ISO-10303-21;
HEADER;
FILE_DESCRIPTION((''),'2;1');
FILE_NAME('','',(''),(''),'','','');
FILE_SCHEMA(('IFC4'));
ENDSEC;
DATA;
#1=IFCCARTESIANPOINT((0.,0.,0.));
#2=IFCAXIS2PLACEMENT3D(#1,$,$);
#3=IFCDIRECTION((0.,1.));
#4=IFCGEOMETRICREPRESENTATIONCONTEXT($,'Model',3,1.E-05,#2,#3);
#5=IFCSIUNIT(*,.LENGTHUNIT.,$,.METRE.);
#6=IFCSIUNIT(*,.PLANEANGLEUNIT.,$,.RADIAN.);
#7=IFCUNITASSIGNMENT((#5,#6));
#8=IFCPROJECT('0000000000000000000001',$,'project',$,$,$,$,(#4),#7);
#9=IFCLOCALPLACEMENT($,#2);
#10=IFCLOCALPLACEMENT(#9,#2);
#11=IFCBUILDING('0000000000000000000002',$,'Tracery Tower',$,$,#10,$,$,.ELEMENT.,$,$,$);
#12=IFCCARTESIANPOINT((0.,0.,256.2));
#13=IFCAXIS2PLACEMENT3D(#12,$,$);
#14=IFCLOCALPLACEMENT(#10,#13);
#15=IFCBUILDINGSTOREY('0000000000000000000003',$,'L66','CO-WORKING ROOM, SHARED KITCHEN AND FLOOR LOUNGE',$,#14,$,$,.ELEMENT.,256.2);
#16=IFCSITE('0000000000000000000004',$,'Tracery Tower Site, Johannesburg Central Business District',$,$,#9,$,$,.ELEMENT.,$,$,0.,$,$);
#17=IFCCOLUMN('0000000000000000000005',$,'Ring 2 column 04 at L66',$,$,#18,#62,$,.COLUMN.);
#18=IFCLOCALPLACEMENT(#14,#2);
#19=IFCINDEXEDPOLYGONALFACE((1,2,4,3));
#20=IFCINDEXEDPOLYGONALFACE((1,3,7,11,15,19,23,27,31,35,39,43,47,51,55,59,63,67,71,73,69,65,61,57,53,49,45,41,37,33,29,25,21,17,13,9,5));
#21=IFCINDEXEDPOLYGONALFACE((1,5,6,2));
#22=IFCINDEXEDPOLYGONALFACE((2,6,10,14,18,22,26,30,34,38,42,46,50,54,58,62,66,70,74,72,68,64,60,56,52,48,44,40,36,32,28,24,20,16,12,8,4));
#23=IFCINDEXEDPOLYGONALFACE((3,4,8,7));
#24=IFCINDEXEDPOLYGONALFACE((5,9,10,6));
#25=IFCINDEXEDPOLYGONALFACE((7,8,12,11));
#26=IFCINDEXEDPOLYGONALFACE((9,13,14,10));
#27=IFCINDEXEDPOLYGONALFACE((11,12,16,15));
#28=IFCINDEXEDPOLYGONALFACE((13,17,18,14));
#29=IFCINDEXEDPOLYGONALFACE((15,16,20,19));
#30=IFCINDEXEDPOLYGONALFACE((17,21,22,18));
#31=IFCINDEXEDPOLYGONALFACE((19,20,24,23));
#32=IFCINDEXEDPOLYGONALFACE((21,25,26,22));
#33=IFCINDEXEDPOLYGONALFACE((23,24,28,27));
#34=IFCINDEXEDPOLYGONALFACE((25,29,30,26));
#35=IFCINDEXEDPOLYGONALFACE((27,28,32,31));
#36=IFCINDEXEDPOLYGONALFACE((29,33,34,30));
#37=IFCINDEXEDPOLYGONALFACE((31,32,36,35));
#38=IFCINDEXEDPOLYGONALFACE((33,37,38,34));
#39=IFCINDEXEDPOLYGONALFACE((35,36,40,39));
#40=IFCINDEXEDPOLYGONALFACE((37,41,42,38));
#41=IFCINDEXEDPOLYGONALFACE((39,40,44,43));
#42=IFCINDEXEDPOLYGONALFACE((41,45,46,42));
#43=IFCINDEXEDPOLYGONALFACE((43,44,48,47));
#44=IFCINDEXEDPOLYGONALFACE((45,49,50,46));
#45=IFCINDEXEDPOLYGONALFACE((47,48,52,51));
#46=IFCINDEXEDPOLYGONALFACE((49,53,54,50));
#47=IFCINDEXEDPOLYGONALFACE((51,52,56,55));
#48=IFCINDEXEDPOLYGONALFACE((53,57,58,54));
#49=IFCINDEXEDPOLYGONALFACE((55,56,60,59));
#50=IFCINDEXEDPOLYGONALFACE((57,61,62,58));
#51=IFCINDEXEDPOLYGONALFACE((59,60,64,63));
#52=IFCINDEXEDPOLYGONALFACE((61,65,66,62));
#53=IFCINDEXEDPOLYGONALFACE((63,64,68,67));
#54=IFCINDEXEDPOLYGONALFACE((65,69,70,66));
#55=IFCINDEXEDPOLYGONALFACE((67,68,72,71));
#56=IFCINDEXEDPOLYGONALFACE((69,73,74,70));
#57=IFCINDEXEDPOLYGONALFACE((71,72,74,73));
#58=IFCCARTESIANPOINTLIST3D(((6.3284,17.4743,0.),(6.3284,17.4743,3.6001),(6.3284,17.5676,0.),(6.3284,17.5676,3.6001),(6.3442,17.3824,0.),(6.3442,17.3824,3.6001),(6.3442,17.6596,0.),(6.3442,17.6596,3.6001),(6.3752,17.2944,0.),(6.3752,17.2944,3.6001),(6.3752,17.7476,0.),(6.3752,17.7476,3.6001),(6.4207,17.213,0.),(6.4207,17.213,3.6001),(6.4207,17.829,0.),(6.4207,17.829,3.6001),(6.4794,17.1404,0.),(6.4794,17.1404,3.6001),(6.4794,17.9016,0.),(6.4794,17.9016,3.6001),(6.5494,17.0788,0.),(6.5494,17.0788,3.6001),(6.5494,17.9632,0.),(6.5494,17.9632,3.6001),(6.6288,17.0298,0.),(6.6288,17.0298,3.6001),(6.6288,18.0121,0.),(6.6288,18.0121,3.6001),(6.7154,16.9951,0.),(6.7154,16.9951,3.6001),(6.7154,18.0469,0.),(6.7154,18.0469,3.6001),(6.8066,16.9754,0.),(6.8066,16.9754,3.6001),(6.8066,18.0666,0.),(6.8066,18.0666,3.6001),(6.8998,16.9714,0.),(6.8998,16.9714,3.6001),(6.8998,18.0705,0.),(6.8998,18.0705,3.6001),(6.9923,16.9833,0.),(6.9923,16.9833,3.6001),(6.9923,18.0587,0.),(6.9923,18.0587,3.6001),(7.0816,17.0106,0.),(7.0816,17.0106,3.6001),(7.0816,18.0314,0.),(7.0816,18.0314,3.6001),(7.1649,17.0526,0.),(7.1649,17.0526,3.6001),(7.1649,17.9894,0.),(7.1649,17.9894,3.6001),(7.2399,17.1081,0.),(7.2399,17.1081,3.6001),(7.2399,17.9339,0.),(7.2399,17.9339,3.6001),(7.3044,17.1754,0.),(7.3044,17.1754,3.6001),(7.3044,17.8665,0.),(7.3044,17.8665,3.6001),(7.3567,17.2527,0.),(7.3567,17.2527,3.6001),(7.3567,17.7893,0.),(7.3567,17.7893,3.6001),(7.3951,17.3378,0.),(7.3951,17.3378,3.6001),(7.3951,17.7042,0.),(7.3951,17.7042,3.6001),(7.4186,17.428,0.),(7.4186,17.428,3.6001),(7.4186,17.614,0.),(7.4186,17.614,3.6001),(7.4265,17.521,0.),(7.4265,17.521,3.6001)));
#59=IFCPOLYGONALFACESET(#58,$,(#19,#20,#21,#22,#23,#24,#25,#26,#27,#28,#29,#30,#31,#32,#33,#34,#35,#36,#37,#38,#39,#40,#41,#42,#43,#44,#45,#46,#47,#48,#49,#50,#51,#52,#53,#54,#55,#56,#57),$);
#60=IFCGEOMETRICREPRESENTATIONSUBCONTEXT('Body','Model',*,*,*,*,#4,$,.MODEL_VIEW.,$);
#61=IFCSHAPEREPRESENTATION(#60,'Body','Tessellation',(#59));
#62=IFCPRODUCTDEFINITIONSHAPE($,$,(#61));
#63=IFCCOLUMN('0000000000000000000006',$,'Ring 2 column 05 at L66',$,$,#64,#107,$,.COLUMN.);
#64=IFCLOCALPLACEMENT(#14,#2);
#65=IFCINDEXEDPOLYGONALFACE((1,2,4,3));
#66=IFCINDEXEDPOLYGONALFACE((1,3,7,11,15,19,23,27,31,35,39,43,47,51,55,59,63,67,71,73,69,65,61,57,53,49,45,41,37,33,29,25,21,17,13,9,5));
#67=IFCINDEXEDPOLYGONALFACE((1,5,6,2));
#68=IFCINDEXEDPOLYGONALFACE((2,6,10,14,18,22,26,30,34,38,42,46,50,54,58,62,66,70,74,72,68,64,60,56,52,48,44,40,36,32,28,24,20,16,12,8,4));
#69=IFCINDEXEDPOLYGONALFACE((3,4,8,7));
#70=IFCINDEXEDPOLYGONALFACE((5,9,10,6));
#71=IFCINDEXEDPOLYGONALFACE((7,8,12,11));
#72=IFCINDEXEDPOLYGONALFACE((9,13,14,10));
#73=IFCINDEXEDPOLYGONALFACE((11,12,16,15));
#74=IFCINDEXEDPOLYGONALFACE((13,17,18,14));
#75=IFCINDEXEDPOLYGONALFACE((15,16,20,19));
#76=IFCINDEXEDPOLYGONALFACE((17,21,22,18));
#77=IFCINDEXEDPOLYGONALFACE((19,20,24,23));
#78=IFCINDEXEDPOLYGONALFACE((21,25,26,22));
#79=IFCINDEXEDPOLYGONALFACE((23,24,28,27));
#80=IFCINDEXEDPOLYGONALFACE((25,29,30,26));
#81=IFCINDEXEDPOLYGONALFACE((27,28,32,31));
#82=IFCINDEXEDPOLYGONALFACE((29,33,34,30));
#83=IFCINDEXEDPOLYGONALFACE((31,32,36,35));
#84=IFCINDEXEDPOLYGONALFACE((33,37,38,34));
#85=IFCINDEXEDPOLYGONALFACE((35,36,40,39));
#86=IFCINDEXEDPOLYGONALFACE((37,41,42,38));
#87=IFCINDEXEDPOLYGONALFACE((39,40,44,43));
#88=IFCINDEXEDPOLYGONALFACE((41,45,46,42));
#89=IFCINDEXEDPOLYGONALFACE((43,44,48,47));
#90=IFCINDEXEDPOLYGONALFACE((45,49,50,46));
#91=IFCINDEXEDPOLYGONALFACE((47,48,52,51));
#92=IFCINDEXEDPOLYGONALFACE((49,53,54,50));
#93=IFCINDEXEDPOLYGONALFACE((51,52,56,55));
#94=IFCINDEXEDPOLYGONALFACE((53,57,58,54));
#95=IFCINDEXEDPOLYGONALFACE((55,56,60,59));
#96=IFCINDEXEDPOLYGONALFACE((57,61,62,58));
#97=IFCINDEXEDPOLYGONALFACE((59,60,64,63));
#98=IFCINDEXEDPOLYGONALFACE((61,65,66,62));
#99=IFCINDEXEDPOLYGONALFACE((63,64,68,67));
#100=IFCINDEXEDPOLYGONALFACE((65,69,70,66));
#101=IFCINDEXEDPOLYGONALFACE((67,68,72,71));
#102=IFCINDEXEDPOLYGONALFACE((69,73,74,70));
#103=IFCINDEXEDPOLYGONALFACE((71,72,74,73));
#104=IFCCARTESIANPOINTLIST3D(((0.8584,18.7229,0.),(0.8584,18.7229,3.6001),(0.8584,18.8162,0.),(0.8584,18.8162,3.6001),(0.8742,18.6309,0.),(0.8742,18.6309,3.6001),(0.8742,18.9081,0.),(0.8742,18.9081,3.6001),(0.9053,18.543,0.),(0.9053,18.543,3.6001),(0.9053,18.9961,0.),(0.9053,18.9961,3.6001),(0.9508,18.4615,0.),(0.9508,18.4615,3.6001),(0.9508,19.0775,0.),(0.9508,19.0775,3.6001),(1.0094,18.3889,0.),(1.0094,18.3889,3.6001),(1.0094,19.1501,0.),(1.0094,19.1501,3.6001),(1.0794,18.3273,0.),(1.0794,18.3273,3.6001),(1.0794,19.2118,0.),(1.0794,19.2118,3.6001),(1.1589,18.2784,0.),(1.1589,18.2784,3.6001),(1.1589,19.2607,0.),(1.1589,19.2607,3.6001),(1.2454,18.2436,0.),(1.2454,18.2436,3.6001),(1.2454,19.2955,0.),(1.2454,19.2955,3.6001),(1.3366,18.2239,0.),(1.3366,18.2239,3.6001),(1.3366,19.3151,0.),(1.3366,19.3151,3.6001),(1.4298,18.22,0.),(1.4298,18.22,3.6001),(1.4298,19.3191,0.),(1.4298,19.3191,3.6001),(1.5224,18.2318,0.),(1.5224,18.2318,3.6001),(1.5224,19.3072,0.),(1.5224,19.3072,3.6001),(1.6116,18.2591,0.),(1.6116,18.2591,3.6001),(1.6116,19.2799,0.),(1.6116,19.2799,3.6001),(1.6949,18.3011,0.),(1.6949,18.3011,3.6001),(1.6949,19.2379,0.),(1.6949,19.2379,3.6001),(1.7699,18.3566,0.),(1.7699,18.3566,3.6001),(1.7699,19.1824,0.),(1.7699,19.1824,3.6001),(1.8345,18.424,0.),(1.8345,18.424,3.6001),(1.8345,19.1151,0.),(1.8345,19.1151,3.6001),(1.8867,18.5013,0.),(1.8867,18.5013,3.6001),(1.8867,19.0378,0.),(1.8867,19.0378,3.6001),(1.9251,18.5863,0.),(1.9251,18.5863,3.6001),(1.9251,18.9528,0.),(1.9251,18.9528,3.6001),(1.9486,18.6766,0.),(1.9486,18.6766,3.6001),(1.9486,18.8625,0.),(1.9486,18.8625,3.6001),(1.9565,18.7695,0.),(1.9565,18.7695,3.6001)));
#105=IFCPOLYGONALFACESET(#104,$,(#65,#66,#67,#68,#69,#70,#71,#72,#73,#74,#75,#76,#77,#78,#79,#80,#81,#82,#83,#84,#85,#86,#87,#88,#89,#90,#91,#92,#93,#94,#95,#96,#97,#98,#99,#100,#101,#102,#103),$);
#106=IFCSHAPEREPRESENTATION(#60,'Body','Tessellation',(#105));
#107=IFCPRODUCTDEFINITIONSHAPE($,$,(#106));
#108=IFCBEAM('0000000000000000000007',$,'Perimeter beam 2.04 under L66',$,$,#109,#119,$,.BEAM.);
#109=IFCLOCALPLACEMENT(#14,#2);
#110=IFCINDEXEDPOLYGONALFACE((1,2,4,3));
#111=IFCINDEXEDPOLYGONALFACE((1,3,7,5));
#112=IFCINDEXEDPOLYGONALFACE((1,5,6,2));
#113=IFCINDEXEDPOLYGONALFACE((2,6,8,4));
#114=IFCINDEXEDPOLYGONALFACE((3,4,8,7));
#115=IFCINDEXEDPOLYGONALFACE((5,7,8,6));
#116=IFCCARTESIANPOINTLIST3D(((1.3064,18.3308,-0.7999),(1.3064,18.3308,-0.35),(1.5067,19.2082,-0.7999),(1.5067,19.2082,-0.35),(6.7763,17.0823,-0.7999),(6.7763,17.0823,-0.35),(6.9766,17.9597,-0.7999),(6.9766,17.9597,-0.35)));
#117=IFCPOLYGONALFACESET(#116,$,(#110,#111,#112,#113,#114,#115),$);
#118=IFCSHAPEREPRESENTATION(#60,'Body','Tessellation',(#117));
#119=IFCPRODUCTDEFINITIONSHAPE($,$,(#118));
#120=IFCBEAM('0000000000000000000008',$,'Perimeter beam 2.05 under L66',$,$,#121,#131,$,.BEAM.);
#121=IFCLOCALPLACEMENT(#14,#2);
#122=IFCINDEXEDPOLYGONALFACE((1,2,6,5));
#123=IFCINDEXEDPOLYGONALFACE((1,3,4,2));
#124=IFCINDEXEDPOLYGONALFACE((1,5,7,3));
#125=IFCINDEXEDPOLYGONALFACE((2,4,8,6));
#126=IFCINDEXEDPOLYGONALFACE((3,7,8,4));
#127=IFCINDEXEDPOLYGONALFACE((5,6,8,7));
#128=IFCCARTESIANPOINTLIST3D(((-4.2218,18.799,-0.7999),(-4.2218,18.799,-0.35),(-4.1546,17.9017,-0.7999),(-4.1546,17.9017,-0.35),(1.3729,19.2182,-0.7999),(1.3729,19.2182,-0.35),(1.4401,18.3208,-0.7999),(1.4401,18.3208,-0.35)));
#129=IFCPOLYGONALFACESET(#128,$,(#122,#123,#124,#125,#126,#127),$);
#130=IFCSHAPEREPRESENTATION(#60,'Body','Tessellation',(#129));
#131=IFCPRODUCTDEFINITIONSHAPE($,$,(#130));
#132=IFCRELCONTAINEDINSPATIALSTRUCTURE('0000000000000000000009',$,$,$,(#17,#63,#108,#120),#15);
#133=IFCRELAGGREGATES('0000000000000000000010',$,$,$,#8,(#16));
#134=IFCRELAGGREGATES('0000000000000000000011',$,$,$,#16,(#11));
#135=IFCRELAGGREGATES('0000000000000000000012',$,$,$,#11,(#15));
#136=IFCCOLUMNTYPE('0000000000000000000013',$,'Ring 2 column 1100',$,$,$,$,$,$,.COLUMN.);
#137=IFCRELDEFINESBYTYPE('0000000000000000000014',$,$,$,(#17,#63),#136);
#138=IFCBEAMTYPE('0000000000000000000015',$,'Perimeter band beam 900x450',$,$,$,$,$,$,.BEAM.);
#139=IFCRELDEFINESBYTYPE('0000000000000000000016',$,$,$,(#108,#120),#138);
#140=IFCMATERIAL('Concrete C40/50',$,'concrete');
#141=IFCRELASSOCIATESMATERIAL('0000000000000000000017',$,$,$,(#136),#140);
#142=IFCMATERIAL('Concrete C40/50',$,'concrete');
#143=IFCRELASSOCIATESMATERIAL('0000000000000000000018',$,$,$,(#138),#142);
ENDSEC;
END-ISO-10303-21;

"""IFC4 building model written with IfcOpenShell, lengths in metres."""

from ifc_helpers import new_model, si_unit, direction, frame, origin, origin_2d, place, context, subcontext, project, spatial, rectangle, circle, extrude, material, material_profile, profile_set, type_object, element, save


model = new_model("IFC4")

# Units and contexts
model_context = context("Model", 3, precision=1e-05, world=origin(), true_north=direction((0.0, 1.0)))
body_context = subcontext(model_context, "Body", "Model", "MODEL_VIEW")
ifc_project = project(units=[si_unit("LENGTHUNIT", "METRE"), si_unit("PLANEANGLEUNIT", "RADIAN")], contexts=[model_context])

# Site, building, storey
site_placement = place(None, origin())
site = spatial("IfcSite", under=ifc_project, at=site_placement, Name="Tracery Tower Site, Johannesburg Central Business District", CompositionType="ELEMENT", RefElevation=0.0)
building_placement = place(site_placement, origin())
building = spatial("IfcBuilding", under=site, at=building_placement, Name="Tracery Tower", CompositionType="ELEMENT")
storey_placement = place(building_placement, frame((0.0, 0.0, 256.2)))
storey = spatial("IfcBuildingStorey", under=building, at=storey_placement, Name="L66", Description="CO-WORKING ROOM, SHARED KITCHEN AND FLOOR LOUNGE", CompositionType="ELEMENT", Elevation=256.2)

# Columns
ifc_material_1 = material(Name="Concrete C40/50", Category="concrete")
ifc_material_profile_1 = material_profile(ifc_material_1, circle(Radius=0.55, at=origin_2d()), Name="RC D1100")
ifc_profile_set_1 = profile_set([ifc_material_profile_1], Name="Concrete C40/50")
column_type = type_object("IfcColumnType", Name="Ring 2 column 1100", PredefinedType="COLUMN", material=ifc_profile_set_1)
for number, where, z_axis, x_axis, name in (
    (1, (6.8765, 17.521, 0.0), (0.0, 0.0, 1.0), (1.0, 0.0, 0.0), "Ring 2 column 04 at L66"),
    (2, (1.4065, 18.7695, 0.0), (0.0, 0.0, 1.0), (1.0, 0.0, 0.0), "Ring 2 column 05 at L66"),
):
    element("IfcColumn", number, at=place(storey_placement, frame(where, z_axis=z_axis, x_axis=x_axis)), inside=storey, type_object=column_type, Name=name, PredefinedType="COLUMN", context=body_context, shape_type="SweptSolid", body=[
        extrude(circle(Radius=0.55, at=origin_2d()), origin(), (0.0, 0.0, 1.0), 3.6001),
    ])

# Beams
ifc_material_2 = material(Name="Concrete C40/50", Category="concrete")
ifc_material_profile_2 = material_profile(ifc_material_2, rectangle(XDim=0.8999, YDim=0.45, at=origin_2d()), Name="RC 900x450")
ifc_profile_set_2 = profile_set([ifc_material_profile_2], Name="Concrete C40/50")
beam_type = type_object("IfcBeamType", Name="Perimeter band beam 900x450", PredefinedType="BEAM", material=ifc_profile_set_2)
beam_1_placement = place(storey_placement, frame((6.8765, 17.521, -0.575), z_axis=(-0.974926, 0.222529, 0.0), x_axis=(-0.222529, -0.974926, 0.0)))
element("IfcBeam", 3, at=beam_1_placement, inside=storey, type_object=beam_type, Name="Perimeter beam 2.04 under L66", PredefinedType="BEAM", context=body_context, shape_type="SweptSolid", body=[
    extrude(rectangle(XDim=0.8999, YDim=0.45, at=origin_2d()), origin(), (0.0, 0.0, 1.0), 5.6106),
])
beam_2_placement = place(storey_placement, frame((1.4065, 18.7695, -0.575), z_axis=(-0.997205, -0.074716, 0.0), x_axis=(0.074716, -0.997205, 0.0)))
element("IfcBeam", 4, at=beam_2_placement, inside=storey, type_object=beam_type, Name="Perimeter beam 2.05 under L66", PredefinedType="BEAM", context=body_context, shape_type="SweptSolid", body=[
    extrude(rectangle(XDim=0.8999, YDim=0.45, at=origin_2d()), origin(), (0.0, 0.0, 1.0), 5.6104),
])

save(model, "model.ifc")
